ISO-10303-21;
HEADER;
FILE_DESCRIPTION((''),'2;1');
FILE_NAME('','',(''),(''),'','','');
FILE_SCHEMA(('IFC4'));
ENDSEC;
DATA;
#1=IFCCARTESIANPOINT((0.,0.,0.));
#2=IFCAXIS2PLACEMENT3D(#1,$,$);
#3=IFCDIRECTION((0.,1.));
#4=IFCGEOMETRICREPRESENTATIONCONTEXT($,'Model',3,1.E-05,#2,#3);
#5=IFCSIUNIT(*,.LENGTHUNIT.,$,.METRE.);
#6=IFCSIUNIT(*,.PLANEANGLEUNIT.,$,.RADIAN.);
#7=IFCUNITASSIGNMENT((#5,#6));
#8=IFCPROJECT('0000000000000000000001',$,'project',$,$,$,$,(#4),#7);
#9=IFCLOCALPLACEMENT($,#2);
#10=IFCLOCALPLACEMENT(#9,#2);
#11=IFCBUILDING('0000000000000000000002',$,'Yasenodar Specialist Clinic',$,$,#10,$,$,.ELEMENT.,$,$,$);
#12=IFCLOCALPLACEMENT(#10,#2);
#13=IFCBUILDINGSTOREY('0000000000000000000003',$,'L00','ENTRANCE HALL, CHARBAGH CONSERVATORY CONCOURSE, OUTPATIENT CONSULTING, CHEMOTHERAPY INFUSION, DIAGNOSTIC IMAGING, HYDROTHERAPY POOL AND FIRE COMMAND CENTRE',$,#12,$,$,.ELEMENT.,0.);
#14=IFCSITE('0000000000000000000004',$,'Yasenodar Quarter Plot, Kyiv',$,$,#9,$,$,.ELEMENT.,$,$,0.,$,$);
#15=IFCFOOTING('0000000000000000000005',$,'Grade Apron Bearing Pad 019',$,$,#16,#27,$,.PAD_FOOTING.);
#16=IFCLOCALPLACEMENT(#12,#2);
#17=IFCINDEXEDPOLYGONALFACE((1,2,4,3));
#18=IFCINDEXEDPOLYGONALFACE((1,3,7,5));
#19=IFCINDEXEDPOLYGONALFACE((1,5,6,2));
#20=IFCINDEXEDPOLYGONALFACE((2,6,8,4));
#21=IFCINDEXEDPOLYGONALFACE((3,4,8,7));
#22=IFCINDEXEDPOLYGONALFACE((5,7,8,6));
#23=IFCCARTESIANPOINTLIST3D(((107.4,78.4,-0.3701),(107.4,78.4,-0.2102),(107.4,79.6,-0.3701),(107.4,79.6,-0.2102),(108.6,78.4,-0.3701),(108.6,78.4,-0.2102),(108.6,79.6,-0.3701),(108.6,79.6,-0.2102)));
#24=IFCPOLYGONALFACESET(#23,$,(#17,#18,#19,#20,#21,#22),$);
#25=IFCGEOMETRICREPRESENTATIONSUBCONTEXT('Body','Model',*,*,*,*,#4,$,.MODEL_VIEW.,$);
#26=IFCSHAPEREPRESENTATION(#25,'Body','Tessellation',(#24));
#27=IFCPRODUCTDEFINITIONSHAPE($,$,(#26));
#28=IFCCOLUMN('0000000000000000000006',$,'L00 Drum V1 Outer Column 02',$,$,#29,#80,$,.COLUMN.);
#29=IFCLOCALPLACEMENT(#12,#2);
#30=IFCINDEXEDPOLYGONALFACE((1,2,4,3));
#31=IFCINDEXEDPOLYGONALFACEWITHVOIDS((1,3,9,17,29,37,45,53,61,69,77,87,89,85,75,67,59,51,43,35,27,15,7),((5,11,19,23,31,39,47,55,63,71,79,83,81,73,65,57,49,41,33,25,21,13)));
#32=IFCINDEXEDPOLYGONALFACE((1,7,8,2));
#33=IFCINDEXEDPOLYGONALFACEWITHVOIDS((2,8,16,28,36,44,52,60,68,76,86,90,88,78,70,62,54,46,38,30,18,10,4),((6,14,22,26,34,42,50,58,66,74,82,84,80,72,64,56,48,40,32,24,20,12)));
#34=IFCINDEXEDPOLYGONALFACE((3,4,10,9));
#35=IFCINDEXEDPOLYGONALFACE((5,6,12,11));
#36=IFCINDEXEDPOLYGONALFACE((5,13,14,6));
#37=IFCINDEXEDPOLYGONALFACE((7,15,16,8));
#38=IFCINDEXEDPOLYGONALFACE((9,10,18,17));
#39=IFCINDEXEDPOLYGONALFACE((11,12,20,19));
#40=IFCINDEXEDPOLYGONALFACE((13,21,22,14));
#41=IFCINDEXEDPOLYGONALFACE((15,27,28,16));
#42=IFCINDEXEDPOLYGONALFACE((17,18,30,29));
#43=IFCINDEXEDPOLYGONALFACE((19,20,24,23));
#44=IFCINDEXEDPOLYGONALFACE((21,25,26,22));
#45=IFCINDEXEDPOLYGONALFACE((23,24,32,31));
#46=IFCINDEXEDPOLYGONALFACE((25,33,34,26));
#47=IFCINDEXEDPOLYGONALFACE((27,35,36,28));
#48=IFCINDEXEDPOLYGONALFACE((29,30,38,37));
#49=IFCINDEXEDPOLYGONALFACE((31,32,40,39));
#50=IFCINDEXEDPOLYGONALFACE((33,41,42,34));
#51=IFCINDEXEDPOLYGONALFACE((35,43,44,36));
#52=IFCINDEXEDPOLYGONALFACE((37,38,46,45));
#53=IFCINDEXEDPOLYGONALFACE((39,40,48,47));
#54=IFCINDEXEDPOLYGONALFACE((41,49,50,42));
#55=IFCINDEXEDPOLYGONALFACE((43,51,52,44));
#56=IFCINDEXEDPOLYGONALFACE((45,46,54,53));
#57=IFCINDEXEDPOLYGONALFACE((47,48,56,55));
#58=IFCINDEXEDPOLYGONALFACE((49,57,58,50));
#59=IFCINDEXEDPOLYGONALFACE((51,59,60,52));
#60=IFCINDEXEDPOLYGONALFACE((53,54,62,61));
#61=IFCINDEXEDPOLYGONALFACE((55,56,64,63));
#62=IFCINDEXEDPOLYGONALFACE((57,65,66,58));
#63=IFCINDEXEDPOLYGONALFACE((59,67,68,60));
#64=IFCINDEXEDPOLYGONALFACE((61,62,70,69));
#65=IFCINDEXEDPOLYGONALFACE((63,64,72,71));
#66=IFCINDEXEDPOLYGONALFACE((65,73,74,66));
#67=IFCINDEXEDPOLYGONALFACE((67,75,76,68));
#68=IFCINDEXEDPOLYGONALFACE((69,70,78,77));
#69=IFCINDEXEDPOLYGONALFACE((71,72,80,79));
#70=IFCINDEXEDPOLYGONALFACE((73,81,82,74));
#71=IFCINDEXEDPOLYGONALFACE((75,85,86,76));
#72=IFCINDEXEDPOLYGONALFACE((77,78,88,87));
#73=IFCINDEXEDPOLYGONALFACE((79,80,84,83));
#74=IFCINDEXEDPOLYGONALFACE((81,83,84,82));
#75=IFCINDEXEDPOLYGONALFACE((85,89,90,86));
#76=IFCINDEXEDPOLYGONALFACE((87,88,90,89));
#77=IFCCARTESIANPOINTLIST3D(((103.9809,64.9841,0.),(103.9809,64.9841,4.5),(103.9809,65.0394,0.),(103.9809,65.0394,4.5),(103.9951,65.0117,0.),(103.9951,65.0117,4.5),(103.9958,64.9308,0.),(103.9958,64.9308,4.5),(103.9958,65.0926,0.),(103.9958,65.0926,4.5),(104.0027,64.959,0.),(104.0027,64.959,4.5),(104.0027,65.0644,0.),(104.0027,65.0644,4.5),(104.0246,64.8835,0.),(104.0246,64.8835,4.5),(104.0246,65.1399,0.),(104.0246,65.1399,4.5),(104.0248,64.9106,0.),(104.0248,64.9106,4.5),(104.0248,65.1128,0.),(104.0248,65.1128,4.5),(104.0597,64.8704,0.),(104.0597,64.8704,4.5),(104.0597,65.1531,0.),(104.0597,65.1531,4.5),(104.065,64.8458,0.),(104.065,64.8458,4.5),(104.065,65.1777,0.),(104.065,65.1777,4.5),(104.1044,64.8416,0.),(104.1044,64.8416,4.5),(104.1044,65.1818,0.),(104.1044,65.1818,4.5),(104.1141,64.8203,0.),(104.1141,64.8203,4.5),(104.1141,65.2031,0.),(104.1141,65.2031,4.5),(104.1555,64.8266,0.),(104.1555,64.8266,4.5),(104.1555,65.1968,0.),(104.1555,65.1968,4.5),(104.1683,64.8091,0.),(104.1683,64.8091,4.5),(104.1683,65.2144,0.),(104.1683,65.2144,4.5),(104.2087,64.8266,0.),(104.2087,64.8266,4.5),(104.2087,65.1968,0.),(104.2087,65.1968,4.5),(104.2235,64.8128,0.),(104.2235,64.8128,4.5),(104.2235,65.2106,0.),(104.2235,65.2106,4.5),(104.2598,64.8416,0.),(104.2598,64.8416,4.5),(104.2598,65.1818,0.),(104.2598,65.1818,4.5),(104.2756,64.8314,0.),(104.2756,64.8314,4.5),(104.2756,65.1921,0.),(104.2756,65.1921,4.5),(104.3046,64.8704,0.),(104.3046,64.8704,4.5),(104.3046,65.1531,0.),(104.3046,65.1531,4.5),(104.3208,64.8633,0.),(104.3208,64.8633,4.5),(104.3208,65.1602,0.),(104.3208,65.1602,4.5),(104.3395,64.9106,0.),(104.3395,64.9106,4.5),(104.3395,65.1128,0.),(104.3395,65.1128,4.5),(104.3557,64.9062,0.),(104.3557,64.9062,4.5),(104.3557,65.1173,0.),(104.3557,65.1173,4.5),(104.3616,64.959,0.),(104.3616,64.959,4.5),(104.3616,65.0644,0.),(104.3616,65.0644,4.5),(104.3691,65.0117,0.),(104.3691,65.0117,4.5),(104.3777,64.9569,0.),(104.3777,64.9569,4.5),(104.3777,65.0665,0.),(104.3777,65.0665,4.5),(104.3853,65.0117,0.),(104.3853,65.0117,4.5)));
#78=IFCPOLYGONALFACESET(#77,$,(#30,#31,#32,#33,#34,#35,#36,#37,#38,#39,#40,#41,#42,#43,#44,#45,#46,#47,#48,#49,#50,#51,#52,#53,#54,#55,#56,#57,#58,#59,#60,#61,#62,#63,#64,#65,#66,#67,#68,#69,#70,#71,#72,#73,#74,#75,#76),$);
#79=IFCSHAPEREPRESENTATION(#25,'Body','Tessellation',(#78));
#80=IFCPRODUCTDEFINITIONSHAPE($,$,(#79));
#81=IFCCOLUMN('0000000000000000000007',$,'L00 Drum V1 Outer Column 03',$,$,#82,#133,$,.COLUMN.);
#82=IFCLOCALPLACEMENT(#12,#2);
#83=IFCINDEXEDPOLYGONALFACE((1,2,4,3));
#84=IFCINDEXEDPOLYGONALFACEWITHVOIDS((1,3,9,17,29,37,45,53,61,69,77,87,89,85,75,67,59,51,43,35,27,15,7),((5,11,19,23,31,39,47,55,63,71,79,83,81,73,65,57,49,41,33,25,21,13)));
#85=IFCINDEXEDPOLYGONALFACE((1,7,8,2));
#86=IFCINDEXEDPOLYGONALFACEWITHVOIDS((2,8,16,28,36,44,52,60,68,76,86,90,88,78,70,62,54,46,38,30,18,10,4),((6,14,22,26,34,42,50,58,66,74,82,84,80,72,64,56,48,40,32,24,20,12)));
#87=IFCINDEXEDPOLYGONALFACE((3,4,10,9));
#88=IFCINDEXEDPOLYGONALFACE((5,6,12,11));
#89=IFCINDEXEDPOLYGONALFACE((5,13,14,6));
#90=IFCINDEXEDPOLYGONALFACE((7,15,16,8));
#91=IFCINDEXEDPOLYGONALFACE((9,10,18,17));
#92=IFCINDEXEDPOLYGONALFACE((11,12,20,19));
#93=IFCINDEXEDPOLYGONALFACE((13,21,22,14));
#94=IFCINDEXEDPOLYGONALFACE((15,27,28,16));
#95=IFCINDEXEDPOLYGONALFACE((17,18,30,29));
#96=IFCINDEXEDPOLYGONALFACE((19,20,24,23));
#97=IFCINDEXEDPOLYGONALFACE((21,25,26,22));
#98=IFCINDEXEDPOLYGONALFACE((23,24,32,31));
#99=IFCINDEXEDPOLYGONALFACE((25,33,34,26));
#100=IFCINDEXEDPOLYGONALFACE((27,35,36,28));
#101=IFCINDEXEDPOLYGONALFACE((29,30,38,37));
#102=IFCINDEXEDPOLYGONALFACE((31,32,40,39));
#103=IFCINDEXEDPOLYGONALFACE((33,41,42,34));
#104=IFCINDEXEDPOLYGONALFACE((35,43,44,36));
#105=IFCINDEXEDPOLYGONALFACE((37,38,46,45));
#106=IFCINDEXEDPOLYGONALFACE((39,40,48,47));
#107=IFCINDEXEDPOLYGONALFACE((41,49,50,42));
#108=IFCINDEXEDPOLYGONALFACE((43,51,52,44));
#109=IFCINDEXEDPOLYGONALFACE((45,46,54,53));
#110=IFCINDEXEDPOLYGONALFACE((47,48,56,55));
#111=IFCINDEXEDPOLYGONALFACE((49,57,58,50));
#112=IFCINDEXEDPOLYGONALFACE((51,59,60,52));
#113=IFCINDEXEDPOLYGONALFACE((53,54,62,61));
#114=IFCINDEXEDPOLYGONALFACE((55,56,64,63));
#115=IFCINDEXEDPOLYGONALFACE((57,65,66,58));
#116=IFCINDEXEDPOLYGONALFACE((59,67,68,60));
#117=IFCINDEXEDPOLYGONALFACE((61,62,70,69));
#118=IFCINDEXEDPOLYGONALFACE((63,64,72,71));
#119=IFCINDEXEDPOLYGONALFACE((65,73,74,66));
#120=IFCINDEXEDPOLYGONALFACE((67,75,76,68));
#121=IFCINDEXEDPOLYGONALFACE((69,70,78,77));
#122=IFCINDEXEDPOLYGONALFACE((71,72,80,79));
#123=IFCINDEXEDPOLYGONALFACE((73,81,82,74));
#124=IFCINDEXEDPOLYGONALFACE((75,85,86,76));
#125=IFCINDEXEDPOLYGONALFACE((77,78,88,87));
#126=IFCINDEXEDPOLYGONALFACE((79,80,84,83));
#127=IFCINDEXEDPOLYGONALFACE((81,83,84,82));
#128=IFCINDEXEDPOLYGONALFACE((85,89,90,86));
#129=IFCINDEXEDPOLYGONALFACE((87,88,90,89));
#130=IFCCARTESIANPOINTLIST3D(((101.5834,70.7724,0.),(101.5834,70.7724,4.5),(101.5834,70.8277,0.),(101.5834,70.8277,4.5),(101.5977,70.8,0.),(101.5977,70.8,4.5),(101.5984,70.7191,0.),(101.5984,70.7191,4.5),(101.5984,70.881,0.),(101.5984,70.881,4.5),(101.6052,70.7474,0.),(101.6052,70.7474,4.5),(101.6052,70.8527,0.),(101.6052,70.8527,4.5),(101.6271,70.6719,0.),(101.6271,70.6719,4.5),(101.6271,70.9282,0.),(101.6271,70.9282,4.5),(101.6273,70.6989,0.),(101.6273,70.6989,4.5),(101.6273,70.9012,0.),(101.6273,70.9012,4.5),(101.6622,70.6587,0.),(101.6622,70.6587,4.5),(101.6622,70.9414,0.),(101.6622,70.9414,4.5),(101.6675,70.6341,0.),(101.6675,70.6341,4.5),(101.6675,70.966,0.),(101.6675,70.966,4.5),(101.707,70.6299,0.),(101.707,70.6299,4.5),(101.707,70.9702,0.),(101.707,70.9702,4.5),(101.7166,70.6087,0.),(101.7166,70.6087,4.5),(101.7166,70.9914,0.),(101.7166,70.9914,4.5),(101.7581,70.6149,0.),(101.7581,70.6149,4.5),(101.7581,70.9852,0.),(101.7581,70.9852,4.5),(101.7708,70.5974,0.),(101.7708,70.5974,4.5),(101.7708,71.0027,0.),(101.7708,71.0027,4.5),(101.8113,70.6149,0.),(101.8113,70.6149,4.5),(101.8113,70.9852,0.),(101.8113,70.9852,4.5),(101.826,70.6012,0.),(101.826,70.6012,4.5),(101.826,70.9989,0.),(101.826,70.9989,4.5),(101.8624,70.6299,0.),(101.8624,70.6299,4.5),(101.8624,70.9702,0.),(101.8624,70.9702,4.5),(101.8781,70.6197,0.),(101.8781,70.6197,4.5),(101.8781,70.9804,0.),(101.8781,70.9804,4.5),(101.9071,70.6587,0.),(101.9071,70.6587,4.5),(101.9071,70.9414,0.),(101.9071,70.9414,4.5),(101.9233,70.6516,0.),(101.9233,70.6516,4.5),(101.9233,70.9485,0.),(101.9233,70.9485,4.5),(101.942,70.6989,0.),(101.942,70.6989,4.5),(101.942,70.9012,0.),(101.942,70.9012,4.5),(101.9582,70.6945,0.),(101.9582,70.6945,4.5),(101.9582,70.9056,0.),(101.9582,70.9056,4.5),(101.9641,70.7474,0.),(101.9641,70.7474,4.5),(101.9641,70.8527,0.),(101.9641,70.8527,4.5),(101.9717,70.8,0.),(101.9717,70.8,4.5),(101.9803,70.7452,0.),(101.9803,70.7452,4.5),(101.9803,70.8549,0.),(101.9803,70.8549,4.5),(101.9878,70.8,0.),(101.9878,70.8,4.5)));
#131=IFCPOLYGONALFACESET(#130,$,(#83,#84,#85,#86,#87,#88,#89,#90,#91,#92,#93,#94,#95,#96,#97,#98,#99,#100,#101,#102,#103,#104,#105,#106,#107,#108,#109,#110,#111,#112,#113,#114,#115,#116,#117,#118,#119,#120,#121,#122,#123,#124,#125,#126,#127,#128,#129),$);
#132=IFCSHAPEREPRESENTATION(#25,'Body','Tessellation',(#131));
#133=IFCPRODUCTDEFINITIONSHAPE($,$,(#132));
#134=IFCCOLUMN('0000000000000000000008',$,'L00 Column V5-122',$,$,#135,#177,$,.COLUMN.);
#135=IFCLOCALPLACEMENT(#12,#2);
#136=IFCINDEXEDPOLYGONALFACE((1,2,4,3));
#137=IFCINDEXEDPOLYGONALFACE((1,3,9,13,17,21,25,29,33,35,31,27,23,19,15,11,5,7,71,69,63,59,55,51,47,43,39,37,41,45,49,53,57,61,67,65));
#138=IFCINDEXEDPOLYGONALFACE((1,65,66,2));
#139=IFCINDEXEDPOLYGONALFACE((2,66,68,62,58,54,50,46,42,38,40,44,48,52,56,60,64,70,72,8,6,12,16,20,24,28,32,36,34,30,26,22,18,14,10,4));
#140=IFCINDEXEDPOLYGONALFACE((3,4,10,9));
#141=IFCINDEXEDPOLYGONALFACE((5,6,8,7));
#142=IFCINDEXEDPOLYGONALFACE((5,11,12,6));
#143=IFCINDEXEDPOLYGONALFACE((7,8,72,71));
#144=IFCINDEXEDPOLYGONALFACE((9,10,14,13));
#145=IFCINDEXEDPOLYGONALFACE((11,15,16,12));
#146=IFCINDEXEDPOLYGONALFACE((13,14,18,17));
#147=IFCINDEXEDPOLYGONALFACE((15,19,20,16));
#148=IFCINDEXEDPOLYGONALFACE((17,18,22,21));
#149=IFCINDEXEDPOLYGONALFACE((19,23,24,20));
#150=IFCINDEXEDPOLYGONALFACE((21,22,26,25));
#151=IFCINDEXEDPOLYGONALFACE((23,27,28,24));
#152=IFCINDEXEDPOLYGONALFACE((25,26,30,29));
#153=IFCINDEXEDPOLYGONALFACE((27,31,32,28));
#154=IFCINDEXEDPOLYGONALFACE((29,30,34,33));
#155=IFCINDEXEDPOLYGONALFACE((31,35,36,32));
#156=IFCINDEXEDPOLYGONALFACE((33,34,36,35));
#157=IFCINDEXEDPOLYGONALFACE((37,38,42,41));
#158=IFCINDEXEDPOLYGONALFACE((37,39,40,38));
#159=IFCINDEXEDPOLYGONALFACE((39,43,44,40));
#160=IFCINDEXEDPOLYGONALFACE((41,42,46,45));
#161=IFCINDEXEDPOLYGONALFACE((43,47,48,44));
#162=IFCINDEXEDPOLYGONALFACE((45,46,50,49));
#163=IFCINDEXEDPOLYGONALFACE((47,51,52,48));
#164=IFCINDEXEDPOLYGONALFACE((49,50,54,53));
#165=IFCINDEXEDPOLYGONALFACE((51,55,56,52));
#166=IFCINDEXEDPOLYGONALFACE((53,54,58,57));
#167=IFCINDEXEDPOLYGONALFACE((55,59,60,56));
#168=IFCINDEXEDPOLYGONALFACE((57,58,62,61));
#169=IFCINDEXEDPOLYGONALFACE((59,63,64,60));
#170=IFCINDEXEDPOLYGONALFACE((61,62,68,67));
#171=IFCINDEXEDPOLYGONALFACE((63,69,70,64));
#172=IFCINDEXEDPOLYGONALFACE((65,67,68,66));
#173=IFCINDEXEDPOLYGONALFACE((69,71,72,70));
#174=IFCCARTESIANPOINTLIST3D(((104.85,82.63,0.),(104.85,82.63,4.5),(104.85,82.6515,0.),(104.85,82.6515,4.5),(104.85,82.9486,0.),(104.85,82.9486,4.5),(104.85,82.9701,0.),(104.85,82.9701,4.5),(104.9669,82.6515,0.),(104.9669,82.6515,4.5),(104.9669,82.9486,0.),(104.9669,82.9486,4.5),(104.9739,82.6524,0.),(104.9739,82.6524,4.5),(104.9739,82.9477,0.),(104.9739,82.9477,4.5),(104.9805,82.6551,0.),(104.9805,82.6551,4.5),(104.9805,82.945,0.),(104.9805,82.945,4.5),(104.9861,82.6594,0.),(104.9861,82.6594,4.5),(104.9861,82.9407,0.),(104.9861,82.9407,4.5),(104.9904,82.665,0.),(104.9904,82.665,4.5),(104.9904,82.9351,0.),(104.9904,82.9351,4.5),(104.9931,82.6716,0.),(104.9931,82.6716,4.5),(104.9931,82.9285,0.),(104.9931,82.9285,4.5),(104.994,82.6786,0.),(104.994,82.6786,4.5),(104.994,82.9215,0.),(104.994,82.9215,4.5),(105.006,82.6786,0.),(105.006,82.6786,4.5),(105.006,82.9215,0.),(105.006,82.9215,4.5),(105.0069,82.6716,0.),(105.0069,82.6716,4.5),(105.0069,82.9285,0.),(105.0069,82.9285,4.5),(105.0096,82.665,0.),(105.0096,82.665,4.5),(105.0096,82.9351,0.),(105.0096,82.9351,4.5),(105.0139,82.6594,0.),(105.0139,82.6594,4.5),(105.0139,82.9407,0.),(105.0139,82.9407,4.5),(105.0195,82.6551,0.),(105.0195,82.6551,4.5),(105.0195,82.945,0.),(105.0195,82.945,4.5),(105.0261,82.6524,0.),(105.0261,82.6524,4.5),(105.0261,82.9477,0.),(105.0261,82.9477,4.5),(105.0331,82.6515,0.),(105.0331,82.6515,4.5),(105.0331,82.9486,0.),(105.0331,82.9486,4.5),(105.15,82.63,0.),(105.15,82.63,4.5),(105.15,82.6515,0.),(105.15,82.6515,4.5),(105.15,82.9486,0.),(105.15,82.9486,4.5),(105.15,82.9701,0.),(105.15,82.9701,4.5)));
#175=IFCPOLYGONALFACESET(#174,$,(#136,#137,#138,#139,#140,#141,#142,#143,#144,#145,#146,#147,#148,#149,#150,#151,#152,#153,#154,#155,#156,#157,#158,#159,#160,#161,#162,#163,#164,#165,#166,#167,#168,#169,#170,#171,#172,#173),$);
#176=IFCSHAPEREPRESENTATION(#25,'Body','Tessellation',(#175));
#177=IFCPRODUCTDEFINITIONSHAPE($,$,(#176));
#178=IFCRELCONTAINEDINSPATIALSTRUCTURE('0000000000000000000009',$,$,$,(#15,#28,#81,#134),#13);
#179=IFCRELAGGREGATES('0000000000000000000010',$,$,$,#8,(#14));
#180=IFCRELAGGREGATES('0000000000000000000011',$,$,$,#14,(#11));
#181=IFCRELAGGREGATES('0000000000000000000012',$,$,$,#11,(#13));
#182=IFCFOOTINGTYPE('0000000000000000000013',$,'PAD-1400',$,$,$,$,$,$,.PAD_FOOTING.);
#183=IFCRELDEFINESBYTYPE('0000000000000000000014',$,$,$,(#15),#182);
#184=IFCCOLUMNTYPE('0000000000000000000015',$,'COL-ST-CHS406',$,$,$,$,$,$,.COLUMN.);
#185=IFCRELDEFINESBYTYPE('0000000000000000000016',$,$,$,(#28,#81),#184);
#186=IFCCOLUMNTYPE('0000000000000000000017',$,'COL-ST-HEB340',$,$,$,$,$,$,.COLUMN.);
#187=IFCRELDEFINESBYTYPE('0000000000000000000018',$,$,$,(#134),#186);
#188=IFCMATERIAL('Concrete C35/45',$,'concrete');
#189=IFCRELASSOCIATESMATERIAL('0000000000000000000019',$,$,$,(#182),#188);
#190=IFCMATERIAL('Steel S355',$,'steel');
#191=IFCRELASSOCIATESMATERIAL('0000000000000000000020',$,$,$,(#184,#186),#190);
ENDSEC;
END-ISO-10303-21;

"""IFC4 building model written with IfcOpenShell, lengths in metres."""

from ifc_helpers import new_model, si_unit, direction, frame, origin, origin_2d, place, context, subcontext, project, spatial, rectangle, hollow_circle, i_section, extrude, material, material_profile, profile_set, type_object, element, save


model = new_model("IFC4")

# Units and contexts
model_context = context("Model", 3, precision=1e-05, world=origin(), true_north=direction((0.0, 1.0)))
body_context = subcontext(model_context, "Body", "Model", "MODEL_VIEW")
ifc_project = project(units=[si_unit("LENGTHUNIT", "METRE"), si_unit("PLANEANGLEUNIT", "RADIAN")], contexts=[model_context])

# Site, building, storey
site_placement = place(None, origin())
site = spatial("IfcSite", under=ifc_project, at=site_placement, Name="Yasenodar Quarter Plot, Kyiv", CompositionType="ELEMENT", RefElevation=0.0)
building_placement = place(site_placement, origin())
building = spatial("IfcBuilding", under=site, at=building_placement, Name="Yasenodar Specialist Clinic", CompositionType="ELEMENT")
storey_placement = place(building_placement, origin())
storey = spatial("IfcBuildingStorey", under=building, at=storey_placement, Name="L00", Description="ENTRANCE HALL, CHARBAGH CONSERVATORY CONCOURSE, OUTPATIENT CONSULTING, CHEMOTHERAPY INFUSION, DIAGNOSTIC IMAGING, HYDROTHERAPY POOL AND FIRE COMMAND CENTRE", CompositionType="ELEMENT", Elevation=0.0)

# Footing
ifc_material_1 = material(Name="Concrete C35/45", Category="concrete")
footing_type = type_object("IfcFootingType", Name="PAD-1400", PredefinedType="PAD_FOOTING", material=ifc_material_1)
footing_placement = place(storey_placement, frame((108.0, 79.0, -0.3701), z_axis=(0.0, 0.0, 1.0), x_axis=(1.0, 0.0, 0.0)))
element("IfcFooting", 1, at=footing_placement, inside=storey, type_object=footing_type, Name="Grade Apron Bearing Pad 019", PredefinedType="PAD_FOOTING", context=body_context, shape_type="SweptSolid", body=[
    extrude(rectangle(XDim=1.2, YDim=1.2, at=origin_2d()), origin(), (0.0, 0.0, 1.0), 0.1599),
])

# Columns
ifc_material_2 = material(Name="Steel S355", Category="steel")
ifc_material_profile_1 = material_profile(ifc_material_2, hollow_circle(Radius=0.2031, WallThickness=0.0161, at=origin_2d()), Name="CHS 406.4x16")
ifc_profile_set_1 = profile_set([ifc_material_profile_1], Name="Steel S355")
column_type_1 = type_object("IfcColumnType", Name="COL-ST-CHS406", PredefinedType="COLUMN", material=ifc_profile_set_1)
for number, where, z_axis, x_axis, name in (
    (2, (104.1821, 65.0117, 0.0), (0.0, 0.0, 1.0), (1.0, 0.0, 0.0), "L00 Drum V1 Outer Column 02"),
    (3, (101.7847, 70.8, 0.0), (0.0, 0.0, 1.0), (1.0, 0.0, 0.0), "L00 Drum V1 Outer Column 03"),
):
    element("IfcColumn", number, at=place(storey_placement, frame(where, z_axis=z_axis, x_axis=x_axis)), inside=storey, type_object=column_type_1, Name=name, PredefinedType="COLUMN", context=body_context, shape_type="SweptSolid", body=[
        extrude(hollow_circle(Radius=0.2031, WallThickness=0.0161, at=origin_2d()), origin(), (0.0, 0.0, 1.0), 4.5),
    ])
ifc_material_profile_2 = material_profile(ifc_material_2, i_section(OverallWidth=0.3, OverallDepth=0.3401, WebThickness=0.012, FlangeThickness=0.0215, FilletRadius=0.0271, at=origin_2d()), Name="HEB 340")
ifc_profile_set_2 = profile_set([ifc_material_profile_2], Name="Steel S355")
column_type_2 = type_object("IfcColumnType", Name="COL-ST-HEB340", PredefinedType="COLUMN", material=ifc_profile_set_2)
for number, where, z_axis, x_axis, name in (
    (4, (105.0, 82.8, 0.0), (0.0, 0.0, 1.0), (1.0, 0.0, 0.0), "L00 Column V5-122"),
):
    element("IfcColumn", number, at=place(storey_placement, frame(where, z_axis=z_axis, x_axis=x_axis)), inside=storey, type_object=column_type_2, Name=name, PredefinedType="COLUMN", context=body_context, shape_type="SweptSolid", body=[
        extrude(i_section(OverallWidth=0.3, OverallDepth=0.3401, WebThickness=0.012, FlangeThickness=0.0215, FilletRadius=0.0271, at=origin_2d()), origin(), (0.0, 0.0, 1.0), 4.5),
    ])

save(model, "model.ifc")
